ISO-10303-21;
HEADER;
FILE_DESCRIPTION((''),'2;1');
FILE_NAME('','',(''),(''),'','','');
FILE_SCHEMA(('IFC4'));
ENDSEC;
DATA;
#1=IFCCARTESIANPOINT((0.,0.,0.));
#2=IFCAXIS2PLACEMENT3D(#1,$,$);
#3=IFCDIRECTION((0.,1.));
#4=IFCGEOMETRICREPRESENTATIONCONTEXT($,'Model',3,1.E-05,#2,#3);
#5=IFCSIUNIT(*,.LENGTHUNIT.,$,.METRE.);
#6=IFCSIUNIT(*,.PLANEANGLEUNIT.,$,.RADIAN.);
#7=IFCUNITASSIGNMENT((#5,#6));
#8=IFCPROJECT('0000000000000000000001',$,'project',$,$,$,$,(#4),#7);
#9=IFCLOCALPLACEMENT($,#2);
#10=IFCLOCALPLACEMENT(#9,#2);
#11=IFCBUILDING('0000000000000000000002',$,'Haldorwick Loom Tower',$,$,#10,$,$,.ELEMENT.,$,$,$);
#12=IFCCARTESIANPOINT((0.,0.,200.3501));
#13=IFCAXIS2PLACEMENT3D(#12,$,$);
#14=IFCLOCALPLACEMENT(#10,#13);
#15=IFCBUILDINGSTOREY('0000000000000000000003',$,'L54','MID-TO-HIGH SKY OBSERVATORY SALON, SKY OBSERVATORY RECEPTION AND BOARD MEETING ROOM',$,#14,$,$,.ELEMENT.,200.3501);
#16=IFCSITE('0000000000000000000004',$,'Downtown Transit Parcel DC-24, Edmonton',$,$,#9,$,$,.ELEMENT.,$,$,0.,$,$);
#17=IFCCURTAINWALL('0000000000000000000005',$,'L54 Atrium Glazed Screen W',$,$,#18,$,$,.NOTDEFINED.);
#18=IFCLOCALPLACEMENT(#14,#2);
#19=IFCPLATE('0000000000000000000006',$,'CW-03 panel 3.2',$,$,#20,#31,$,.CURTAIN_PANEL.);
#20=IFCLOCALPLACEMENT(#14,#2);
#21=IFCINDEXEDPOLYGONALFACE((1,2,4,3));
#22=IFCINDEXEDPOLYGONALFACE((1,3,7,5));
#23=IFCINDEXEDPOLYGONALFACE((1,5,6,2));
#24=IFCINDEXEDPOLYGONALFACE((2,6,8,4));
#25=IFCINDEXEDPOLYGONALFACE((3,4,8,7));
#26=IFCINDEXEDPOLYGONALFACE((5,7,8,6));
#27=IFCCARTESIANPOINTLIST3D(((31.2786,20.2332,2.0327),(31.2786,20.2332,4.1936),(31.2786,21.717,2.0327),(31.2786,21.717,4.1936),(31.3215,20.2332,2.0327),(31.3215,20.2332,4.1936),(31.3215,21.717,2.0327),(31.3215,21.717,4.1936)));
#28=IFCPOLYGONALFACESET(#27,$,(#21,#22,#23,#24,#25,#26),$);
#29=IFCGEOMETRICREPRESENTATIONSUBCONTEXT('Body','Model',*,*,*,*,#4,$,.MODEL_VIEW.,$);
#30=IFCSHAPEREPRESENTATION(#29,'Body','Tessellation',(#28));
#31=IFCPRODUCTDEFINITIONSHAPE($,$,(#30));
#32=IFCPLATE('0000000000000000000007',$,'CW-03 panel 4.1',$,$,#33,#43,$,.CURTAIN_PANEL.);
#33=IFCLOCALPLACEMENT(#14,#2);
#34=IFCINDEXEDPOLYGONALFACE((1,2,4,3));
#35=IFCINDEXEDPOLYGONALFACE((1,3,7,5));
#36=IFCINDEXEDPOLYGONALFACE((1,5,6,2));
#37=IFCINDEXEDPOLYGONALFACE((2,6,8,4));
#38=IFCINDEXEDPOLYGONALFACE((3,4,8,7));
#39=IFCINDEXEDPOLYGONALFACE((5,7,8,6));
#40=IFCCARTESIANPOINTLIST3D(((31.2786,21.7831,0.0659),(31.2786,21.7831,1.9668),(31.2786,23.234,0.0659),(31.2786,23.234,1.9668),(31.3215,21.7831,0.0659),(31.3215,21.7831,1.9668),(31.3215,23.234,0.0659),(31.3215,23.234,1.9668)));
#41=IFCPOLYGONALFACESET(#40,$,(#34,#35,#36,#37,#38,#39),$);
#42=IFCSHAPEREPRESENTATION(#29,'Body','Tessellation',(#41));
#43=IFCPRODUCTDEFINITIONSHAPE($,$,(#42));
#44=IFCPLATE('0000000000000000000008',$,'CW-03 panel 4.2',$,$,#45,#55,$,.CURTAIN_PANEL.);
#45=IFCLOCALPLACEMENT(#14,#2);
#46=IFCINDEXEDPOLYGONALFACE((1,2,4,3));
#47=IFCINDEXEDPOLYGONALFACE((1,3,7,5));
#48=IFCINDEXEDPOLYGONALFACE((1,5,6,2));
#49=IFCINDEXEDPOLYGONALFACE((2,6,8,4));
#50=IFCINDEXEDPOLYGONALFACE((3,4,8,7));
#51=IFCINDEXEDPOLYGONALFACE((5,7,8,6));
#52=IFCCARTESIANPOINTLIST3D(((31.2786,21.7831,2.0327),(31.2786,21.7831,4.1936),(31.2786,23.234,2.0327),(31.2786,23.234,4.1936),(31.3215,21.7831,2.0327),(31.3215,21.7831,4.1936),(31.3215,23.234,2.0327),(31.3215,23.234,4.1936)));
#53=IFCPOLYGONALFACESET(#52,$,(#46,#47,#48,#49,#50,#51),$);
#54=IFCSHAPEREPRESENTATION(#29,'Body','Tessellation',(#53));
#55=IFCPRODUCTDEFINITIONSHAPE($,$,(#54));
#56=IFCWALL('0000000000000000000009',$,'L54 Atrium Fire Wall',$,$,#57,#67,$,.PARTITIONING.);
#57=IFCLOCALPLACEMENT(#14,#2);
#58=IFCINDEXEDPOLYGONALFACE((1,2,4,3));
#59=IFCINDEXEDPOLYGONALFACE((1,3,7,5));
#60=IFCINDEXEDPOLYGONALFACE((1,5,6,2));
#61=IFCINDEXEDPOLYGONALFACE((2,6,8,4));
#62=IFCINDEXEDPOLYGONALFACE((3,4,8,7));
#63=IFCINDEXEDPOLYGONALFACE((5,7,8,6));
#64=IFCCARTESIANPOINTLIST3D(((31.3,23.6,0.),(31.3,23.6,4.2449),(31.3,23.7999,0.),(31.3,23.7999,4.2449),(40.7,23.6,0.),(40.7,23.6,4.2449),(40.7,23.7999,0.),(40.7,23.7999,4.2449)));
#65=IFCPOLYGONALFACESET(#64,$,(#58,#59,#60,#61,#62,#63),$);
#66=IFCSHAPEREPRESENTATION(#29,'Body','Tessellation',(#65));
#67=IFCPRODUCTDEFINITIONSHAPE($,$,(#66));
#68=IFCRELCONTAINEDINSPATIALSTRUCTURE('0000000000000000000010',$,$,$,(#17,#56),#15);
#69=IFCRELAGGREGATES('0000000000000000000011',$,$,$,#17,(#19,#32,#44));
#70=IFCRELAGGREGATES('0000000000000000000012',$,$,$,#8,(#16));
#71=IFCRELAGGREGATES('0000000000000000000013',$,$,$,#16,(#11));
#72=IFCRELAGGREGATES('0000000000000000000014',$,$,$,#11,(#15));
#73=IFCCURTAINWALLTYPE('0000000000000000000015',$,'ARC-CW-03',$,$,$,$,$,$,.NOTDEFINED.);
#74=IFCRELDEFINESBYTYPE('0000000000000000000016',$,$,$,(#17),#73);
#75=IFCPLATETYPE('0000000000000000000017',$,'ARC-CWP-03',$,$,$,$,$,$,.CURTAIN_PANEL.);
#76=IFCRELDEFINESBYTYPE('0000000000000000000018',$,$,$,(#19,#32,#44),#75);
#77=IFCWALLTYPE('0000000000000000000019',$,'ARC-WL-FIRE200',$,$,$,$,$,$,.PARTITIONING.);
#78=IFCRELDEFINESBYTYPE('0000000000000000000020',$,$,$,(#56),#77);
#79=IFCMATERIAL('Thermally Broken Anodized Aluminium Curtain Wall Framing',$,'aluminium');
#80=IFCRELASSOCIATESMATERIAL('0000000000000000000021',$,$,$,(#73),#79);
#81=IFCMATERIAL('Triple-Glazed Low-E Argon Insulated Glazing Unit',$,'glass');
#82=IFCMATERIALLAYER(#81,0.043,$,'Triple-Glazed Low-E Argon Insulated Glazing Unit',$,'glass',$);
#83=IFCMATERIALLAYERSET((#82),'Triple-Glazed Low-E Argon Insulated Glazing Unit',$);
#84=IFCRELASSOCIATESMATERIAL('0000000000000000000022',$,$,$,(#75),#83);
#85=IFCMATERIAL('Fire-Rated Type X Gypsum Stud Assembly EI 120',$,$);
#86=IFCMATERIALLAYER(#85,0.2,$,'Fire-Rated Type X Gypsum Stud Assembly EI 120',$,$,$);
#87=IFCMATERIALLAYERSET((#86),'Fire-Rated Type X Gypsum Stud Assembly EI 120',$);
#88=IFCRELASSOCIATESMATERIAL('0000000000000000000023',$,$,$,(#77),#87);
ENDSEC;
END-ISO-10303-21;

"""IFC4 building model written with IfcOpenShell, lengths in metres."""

from ifc_helpers import new_model, si_unit, direction, frame, frame_2d, origin, origin_2d, place, context, subcontext, project, spatial, rectangle, extrude, material, layer, layer_set, type_object, element, aggregate, save


model = new_model("IFC4")

# Units and contexts
model_context = context("Model", 3, precision=1e-05, world=origin(), true_north=direction((0.0, 1.0)))
body_context = subcontext(model_context, "Body", "Model", "MODEL_VIEW")
ifc_project = project(units=[si_unit("LENGTHUNIT", "METRE"), si_unit("PLANEANGLEUNIT", "RADIAN")], contexts=[model_context])

# Site, building, storey
site_placement = place(None, origin())
site = spatial("IfcSite", under=ifc_project, at=site_placement, Name="Downtown Transit Parcel DC-24, Edmonton", CompositionType="ELEMENT", RefElevation=0.0)
building_placement = place(site_placement, origin())
building = spatial("IfcBuilding", under=site, at=building_placement, Name="Haldorwick Loom Tower", CompositionType="ELEMENT")
storey_placement = place(building_placement, frame((0.0, 0.0, 200.3501)))
storey = spatial("IfcBuildingStorey", under=building, at=storey_placement, Name="L54", Description="MID-TO-HIGH SKY OBSERVATORY SALON, SKY OBSERVATORY RECEPTION AND BOARD MEETING ROOM", CompositionType="ELEMENT", Elevation=200.3501)

# Shared definitions
ifc_material_1 = material(Name="Thermally Broken Anodized Aluminium Curtain Wall Framing", Category="aluminium")
curtain_wall_type = type_object("IfcCurtainWallType", Name="ARC-CW-03", PredefinedType="NOTDEFINED", material=ifc_material_1)

# Curtain wall
curtain_wall_1_placement = place(storey_placement, origin())
curtain_wall_1 = element("IfcCurtainWall", 1, at=curtain_wall_1_placement, inside=storey, type_object=curtain_wall_type, Name="L54 Atrium Glazed Screen W", PredefinedType="NOTDEFINED")

# Plates
ifc_material_2 = material(Name="Triple-Glazed Low-E Argon Insulated Glazing Unit", Category="glass")
ifc_layer_1 = layer(ifc_material_2, 0.043, Name="Triple-Glazed Low-E Argon Insulated Glazing Unit", Category="glass")
ifc_layer_set_1 = layer_set([ifc_layer_1], Name="Triple-Glazed Low-E Argon Insulated Glazing Unit")
plate_type = type_object("IfcPlateType", Name="ARC-CWP-03", PredefinedType="CURTAIN_PANEL", material=ifc_layer_set_1)
plate_1_placement = place(storey_placement, frame((31.3, 20.9751, 2.0327), z_axis=(0.0, 0.0, 1.0), x_axis=(0.0, 1.0, 0.0)))
plate_1 = element("IfcPlate", 2, at=plate_1_placement, type_object=plate_type, Name="CW-03 panel 3.2", PredefinedType="CURTAIN_PANEL", context=body_context, shape_type="SweptSolid", body=[
    extrude(rectangle(XDim=1.4839, YDim=0.043, at=origin_2d()), origin(), (0.0, 0.0, 1.0), 2.1609),
])
plate_2_placement = place(storey_placement, frame((31.3, 22.5085, 0.0659), z_axis=(0.0, 0.0, 1.0), x_axis=(0.0, 1.0, 0.0)))
plate_2 = element("IfcPlate", 3, at=plate_2_placement, type_object=plate_type, Name="CW-03 panel 4.1", PredefinedType="CURTAIN_PANEL", context=body_context, shape_type="SweptSolid", body=[
    extrude(rectangle(XDim=1.4509, YDim=0.043, at=origin_2d()), origin(), (0.0, 0.0, 1.0), 1.9009),
])
plate_3_placement = place(storey_placement, frame((31.3, 22.5085, 2.0327), z_axis=(0.0, 0.0, 1.0), x_axis=(0.0, 1.0, 0.0)))
plate_3 = element("IfcPlate", 4, at=plate_3_placement, type_object=plate_type, Name="CW-03 panel 4.2", PredefinedType="CURTAIN_PANEL", context=body_context, shape_type="SweptSolid", body=[
    extrude(rectangle(XDim=1.4509, YDim=0.043, at=origin_2d()), origin(), (0.0, 0.0, 1.0), 2.1609),
])
aggregate(curtain_wall_1, [plate_1, plate_2, plate_3])

# Wall
ifc_material_3 = material(Name="Fire-Rated Type X Gypsum Stud Assembly EI 120")
ifc_layer_2 = layer(ifc_material_3, 0.2, Name="Fire-Rated Type X Gypsum Stud Assembly EI 120")
ifc_layer_set_2 = layer_set([ifc_layer_2], Name="Fire-Rated Type X Gypsum Stud Assembly EI 120")
wall_type = type_object("IfcWallType", Name="ARC-WL-FIRE200", PredefinedType="PARTITIONING", material=ifc_layer_set_2)
wall_placement = place(storey_placement, frame((31.3, 23.7, 0.0), z_axis=(0.0, 0.0, 1.0), x_axis=(1.0, 0.0, 0.0)))
element("IfcWall", 5, at=wall_placement, inside=storey, type_object=wall_type, Name="L54 Atrium Fire Wall", PredefinedType="PARTITIONING", context=body_context, shape_type="SweptSolid", body=[
    extrude(rectangle(XDim=9.3999, YDim=0.2, at=frame_2d((4.7, 0.0))), origin(), (0.0, 0.0, 1.0), 4.2449),
])

save(model, "model.ifc")
